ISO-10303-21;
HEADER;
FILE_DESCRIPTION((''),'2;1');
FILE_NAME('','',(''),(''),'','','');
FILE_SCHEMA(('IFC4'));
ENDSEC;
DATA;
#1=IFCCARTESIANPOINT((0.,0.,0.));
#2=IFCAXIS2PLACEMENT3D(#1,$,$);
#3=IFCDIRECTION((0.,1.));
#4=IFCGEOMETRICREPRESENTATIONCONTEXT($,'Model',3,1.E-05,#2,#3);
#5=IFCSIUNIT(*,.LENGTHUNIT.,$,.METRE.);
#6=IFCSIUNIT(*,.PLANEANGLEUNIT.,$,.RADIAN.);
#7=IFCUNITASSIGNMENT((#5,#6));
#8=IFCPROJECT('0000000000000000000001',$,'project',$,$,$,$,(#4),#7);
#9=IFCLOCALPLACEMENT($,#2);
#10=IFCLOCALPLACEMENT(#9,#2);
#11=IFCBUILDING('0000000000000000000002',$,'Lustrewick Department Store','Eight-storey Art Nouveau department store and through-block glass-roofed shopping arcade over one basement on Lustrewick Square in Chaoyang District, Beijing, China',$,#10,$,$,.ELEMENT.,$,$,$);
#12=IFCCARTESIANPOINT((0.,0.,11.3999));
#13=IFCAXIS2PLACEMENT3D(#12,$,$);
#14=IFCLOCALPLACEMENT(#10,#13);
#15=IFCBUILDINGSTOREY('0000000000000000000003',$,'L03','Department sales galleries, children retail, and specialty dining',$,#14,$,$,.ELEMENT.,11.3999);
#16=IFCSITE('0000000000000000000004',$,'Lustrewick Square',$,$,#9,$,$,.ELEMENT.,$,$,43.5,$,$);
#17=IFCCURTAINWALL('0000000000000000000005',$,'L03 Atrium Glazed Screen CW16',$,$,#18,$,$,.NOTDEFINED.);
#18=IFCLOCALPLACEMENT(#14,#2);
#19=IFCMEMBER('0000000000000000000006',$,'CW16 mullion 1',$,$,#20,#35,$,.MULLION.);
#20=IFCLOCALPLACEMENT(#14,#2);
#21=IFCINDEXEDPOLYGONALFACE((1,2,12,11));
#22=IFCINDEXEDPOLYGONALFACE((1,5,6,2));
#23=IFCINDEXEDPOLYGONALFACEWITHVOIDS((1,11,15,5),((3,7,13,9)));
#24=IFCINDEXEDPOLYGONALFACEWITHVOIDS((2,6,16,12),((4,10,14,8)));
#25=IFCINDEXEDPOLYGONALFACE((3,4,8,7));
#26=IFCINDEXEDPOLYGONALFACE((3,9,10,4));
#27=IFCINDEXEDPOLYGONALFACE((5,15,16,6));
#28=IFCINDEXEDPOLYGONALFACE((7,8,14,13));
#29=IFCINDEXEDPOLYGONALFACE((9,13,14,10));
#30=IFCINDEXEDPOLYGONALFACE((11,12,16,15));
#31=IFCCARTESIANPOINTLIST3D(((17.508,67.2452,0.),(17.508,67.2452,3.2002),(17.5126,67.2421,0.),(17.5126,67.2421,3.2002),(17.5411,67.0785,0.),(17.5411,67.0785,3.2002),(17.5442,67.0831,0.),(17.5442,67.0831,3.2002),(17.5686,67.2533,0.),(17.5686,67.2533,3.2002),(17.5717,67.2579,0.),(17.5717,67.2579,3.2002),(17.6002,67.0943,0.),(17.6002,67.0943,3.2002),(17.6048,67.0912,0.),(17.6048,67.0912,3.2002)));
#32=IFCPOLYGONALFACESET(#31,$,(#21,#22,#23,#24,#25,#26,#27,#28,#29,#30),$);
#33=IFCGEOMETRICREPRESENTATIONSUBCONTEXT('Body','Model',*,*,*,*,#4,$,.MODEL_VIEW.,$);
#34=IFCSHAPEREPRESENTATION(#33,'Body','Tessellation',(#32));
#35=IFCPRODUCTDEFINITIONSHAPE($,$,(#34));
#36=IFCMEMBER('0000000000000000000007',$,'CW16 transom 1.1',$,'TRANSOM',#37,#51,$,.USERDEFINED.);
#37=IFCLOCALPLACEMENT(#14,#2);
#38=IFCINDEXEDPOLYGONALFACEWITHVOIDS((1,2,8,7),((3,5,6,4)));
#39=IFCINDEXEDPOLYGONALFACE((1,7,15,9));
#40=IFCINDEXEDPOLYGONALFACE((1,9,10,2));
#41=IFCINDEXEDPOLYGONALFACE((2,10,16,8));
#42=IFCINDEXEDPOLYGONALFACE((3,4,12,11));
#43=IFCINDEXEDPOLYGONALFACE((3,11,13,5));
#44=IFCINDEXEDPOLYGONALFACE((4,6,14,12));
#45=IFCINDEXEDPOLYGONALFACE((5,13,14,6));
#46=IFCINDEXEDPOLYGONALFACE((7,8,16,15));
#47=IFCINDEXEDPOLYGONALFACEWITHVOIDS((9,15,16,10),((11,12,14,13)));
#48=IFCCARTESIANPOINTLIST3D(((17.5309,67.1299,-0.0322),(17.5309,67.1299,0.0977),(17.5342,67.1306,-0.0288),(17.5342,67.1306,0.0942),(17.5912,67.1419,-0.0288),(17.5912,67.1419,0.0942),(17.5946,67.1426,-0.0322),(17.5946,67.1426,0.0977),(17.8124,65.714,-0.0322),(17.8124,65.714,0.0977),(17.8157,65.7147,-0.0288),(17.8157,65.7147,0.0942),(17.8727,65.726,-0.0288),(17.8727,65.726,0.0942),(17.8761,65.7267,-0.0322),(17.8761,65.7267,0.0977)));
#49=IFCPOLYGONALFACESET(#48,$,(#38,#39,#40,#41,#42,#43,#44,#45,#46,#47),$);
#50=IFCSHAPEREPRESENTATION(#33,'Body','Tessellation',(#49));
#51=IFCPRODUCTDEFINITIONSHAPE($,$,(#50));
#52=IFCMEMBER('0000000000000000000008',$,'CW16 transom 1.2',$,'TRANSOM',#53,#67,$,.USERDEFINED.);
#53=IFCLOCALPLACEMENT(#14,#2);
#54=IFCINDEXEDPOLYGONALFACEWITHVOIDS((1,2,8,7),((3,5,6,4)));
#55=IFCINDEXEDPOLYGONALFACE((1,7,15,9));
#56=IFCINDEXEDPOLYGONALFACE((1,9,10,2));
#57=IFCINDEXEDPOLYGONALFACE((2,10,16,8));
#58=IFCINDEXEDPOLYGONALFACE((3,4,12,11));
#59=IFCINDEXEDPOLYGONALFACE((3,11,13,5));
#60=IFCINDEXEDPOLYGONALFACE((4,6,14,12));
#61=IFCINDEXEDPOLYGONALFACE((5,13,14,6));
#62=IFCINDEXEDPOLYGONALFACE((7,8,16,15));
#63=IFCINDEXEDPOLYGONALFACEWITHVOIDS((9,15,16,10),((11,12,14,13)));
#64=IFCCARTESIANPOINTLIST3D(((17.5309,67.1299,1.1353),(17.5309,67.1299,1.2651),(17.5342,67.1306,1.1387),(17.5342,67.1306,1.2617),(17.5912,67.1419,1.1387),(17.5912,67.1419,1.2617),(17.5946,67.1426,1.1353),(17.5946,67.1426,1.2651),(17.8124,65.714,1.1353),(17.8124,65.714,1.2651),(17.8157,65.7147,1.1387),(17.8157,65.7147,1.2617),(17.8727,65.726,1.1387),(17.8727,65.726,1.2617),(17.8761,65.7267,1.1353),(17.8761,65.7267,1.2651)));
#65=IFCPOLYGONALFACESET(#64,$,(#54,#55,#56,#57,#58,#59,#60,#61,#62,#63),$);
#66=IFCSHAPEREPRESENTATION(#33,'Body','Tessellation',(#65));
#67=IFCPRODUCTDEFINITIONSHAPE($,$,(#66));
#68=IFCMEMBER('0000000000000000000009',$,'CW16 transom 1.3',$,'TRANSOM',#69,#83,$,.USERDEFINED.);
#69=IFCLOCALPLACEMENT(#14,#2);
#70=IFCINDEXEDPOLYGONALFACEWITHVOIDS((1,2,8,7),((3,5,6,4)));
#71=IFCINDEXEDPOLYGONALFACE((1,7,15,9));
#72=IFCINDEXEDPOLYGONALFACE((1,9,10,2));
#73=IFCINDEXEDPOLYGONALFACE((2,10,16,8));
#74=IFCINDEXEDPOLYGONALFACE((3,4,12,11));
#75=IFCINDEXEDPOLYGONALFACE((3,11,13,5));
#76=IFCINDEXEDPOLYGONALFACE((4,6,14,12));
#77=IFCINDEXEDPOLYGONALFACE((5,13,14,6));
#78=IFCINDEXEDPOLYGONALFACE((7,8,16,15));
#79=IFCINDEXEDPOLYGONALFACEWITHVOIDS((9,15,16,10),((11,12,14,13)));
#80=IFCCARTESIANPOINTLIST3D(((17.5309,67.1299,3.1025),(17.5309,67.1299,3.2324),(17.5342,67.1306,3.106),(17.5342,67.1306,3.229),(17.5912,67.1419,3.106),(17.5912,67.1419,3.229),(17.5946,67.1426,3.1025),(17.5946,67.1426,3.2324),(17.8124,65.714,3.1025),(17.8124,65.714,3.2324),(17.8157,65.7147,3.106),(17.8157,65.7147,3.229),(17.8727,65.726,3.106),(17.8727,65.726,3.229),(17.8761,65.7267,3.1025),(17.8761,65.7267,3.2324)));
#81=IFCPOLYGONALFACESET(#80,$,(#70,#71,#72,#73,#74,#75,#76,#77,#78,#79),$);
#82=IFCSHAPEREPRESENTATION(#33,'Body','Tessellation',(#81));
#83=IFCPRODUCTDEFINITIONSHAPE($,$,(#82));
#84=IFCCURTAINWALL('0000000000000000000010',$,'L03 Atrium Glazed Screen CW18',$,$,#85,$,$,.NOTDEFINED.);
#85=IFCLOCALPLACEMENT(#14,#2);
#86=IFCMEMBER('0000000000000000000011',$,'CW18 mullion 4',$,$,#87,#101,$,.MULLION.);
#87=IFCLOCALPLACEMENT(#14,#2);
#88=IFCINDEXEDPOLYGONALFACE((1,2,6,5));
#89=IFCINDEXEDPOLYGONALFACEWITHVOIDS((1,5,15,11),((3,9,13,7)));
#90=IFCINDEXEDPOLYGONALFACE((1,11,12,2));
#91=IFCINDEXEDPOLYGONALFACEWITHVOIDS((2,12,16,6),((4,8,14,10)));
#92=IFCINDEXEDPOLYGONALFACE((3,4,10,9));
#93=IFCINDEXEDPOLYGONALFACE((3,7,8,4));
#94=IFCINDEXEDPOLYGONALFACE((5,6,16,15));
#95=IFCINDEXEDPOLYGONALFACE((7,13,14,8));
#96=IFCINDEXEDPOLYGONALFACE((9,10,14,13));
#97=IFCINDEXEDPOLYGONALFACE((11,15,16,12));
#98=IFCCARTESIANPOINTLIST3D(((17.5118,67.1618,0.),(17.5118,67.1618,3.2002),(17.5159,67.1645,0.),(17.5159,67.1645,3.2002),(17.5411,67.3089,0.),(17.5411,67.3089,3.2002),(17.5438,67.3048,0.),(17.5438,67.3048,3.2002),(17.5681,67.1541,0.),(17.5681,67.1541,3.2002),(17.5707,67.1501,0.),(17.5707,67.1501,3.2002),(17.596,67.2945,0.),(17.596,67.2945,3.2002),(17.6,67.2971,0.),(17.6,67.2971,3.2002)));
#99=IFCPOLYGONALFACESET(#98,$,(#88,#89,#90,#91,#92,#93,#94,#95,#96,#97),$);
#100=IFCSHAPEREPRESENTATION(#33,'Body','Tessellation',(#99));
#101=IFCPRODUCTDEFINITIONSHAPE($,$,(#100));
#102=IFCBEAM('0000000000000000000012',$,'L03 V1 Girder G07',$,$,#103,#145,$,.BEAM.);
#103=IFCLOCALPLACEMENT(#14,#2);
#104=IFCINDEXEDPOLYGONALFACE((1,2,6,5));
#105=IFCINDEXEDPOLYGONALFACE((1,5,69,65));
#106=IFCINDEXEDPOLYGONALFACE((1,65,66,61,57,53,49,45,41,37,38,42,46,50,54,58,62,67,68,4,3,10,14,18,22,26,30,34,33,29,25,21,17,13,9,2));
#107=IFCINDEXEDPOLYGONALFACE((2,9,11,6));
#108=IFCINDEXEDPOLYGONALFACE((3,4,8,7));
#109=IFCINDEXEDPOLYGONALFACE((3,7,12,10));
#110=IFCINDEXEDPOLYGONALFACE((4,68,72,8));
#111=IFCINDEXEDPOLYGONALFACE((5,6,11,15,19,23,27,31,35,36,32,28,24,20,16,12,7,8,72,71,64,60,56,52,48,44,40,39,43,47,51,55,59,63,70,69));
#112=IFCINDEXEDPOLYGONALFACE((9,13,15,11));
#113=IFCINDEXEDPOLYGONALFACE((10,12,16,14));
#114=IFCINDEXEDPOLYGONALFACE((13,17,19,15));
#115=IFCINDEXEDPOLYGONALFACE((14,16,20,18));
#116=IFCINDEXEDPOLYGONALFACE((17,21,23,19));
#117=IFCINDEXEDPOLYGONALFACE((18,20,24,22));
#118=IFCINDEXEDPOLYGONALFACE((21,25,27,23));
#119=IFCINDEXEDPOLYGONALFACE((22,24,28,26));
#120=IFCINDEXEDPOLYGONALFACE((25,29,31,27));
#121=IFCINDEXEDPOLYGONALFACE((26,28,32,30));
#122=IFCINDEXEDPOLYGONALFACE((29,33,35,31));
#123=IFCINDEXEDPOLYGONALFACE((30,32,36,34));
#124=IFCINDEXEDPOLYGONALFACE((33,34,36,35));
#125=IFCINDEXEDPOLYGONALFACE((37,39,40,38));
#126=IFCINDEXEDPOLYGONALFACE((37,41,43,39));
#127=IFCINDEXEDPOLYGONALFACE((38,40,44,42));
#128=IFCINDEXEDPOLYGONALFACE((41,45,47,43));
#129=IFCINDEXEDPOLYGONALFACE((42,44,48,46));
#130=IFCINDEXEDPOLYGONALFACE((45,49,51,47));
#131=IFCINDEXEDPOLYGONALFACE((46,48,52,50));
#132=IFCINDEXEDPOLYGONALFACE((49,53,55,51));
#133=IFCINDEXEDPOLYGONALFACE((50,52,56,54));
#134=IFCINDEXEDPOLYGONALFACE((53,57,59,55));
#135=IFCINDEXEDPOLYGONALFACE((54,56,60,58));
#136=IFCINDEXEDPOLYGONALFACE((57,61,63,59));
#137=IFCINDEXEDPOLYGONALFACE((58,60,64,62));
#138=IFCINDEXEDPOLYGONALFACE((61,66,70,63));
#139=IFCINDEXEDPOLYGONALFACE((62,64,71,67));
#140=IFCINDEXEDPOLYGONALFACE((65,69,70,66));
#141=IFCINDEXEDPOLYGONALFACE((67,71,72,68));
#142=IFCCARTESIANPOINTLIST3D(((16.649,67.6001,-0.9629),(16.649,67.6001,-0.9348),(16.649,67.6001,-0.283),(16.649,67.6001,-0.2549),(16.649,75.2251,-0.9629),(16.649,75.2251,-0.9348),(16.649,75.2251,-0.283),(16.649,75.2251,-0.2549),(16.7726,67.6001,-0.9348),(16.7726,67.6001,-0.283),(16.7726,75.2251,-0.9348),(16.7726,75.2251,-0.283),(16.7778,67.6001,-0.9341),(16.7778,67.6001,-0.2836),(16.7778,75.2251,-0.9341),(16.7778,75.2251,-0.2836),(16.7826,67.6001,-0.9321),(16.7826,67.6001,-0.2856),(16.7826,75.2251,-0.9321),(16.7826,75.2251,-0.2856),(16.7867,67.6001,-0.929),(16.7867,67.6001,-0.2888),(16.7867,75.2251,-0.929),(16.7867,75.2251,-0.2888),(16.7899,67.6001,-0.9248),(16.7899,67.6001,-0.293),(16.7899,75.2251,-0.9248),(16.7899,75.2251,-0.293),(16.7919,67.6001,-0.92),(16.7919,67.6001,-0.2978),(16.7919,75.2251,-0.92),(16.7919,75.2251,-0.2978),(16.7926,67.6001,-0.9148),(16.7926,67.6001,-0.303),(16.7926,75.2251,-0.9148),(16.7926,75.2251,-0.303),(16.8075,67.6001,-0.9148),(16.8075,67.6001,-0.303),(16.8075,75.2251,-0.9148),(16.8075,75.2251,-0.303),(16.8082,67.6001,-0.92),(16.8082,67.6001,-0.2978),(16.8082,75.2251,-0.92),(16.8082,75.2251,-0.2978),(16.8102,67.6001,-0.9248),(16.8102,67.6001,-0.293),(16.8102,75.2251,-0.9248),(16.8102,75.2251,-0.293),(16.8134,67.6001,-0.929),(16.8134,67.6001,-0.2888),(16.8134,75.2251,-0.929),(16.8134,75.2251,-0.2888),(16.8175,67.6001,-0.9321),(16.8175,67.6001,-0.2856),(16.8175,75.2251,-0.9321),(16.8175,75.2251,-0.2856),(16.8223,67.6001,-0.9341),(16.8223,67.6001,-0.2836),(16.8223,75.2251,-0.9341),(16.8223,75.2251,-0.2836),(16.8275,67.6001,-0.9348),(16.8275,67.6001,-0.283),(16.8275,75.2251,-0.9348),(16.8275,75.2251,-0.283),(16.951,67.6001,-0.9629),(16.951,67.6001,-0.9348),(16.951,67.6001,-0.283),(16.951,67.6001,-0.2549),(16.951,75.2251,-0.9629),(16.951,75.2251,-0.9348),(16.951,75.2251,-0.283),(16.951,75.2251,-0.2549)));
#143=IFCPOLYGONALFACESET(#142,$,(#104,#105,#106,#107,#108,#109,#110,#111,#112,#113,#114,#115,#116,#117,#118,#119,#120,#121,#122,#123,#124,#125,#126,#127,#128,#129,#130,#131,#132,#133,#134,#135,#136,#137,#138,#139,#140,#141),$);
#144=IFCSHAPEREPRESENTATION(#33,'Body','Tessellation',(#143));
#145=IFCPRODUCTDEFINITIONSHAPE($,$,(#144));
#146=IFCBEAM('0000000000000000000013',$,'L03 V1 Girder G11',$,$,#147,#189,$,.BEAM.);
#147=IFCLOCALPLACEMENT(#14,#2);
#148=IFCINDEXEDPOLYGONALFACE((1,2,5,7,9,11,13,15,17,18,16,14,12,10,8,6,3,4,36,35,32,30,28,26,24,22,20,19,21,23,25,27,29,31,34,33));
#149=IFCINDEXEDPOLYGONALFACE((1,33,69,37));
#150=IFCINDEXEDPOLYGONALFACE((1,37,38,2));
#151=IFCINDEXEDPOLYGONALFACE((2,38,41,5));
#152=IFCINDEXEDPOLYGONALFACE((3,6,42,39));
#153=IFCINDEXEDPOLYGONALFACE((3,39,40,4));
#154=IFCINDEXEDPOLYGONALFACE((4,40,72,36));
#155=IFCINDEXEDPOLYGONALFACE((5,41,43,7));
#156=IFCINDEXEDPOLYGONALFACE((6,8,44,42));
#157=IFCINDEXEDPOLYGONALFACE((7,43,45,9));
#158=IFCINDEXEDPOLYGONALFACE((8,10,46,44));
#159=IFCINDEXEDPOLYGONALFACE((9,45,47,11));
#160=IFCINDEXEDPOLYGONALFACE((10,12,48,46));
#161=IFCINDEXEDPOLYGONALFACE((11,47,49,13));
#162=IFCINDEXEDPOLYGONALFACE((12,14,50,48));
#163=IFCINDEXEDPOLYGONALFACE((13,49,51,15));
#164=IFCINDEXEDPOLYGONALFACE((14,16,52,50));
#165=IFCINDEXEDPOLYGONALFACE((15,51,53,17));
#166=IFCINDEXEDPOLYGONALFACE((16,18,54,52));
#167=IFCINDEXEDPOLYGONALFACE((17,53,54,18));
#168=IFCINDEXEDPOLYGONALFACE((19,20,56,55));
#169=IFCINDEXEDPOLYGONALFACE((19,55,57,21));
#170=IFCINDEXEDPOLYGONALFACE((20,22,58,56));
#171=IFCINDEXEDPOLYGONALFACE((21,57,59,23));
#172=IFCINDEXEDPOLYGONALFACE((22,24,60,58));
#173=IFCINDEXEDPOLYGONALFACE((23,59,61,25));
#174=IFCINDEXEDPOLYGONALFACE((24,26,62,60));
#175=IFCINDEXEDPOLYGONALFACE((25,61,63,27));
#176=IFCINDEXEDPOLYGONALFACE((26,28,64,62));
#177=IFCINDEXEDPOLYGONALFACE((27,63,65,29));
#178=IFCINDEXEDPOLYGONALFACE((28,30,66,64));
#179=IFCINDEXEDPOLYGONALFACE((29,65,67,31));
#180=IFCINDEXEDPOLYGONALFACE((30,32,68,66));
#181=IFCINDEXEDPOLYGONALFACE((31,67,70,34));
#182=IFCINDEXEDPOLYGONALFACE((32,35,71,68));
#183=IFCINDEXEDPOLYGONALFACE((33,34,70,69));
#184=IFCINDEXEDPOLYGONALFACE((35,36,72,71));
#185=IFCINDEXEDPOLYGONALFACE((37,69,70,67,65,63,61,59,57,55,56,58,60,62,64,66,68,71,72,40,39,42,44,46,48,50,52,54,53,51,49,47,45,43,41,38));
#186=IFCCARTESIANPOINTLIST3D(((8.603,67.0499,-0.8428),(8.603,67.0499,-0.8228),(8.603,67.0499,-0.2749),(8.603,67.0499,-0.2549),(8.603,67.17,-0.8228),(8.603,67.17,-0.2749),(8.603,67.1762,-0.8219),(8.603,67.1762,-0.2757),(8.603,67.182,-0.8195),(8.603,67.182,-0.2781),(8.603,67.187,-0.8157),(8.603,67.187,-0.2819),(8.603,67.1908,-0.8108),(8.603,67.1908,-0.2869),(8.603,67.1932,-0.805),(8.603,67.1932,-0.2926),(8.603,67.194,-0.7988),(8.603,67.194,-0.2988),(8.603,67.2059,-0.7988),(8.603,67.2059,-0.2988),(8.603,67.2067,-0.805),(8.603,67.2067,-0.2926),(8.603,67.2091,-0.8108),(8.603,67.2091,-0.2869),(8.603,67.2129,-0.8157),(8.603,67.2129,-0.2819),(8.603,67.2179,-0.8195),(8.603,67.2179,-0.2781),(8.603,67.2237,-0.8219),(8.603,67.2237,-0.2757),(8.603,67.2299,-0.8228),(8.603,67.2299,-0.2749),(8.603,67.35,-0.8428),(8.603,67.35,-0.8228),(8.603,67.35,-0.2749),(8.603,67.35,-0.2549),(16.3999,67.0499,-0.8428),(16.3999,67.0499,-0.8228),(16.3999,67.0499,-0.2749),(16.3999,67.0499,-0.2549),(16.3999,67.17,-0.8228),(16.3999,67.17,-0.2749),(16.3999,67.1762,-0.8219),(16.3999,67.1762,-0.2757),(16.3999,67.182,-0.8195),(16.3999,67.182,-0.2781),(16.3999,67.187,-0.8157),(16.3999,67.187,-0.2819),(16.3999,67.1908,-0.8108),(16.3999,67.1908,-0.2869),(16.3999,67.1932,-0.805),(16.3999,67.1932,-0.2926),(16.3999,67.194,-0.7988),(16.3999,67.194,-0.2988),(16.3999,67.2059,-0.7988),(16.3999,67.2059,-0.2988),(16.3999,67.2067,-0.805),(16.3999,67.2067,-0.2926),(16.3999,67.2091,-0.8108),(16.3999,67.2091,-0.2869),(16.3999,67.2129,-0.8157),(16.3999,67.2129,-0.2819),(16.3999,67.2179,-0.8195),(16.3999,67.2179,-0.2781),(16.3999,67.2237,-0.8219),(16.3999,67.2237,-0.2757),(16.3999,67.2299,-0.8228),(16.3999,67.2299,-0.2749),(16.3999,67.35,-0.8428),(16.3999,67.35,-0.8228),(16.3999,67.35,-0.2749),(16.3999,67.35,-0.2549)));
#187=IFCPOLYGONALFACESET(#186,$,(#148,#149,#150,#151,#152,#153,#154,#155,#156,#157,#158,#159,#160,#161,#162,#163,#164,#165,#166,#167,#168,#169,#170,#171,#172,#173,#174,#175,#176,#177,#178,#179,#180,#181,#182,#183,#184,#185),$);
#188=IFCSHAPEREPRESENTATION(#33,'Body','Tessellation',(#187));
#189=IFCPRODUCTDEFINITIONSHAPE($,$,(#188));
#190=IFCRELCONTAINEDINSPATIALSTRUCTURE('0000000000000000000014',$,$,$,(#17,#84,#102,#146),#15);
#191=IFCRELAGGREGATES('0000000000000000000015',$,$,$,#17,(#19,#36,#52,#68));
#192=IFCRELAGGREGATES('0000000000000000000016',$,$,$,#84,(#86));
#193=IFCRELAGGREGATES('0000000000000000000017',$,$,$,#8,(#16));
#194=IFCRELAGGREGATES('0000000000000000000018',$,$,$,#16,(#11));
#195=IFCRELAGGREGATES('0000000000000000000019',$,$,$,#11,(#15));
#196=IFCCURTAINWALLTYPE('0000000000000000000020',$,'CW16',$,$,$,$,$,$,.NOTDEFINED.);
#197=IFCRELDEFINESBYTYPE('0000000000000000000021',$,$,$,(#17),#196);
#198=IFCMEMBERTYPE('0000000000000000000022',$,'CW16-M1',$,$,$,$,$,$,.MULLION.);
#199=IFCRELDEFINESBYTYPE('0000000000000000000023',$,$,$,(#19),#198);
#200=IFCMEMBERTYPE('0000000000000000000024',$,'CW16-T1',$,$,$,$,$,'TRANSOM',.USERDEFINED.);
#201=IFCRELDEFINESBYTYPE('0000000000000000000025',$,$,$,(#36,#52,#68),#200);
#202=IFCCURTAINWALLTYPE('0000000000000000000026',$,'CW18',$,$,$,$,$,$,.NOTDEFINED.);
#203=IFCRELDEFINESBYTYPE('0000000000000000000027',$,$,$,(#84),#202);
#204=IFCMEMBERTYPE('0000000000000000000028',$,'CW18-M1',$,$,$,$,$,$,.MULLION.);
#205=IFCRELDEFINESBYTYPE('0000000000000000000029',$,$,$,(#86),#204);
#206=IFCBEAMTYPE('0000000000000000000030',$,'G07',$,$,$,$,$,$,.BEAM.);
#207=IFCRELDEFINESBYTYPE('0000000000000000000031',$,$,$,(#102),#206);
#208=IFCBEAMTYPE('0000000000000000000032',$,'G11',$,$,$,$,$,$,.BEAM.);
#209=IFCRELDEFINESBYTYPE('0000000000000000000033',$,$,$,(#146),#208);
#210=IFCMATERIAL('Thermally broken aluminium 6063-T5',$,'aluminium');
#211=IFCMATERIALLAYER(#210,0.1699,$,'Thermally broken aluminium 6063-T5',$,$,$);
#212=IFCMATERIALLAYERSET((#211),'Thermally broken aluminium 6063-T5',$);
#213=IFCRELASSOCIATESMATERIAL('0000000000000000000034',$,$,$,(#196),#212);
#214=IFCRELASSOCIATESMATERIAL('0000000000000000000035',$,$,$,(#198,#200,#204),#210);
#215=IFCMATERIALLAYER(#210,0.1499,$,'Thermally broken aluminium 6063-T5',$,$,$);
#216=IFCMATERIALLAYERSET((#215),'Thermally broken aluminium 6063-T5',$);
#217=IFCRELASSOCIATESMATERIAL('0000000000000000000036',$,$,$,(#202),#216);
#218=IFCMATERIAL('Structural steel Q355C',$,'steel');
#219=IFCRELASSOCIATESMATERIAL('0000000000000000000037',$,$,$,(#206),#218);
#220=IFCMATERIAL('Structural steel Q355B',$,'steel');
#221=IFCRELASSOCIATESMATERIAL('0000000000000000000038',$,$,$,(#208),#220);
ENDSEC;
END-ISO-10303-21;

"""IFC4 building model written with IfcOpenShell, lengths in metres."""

from ifc_helpers import new_model, si_unit, direction, frame, origin, origin_2d, place, context, subcontext, project, spatial, hollow_rectangle, i_section, extrude, material, layer, layer_set, material_profile, profile_set, type_object, element, aggregate, save


model = new_model("IFC4")

# Units and contexts
model_context = context("Model", 3, precision=1e-05, world=origin(), true_north=direction((0.0, 1.0)))
body_context = subcontext(model_context, "Body", "Model", "MODEL_VIEW")
ifc_project = project(units=[si_unit("LENGTHUNIT", "METRE"), si_unit("PLANEANGLEUNIT", "RADIAN")], contexts=[model_context])

# Site, building, storey
site_placement = place(None, origin())
site = spatial("IfcSite", under=ifc_project, at=site_placement, Name="Lustrewick Square", CompositionType="ELEMENT", RefElevation=43.5)
building_placement = place(site_placement, origin())
building = spatial("IfcBuilding", under=site, at=building_placement, Name="Lustrewick Department Store", Description="Eight-storey Art Nouveau department store and through-block glass-roofed shopping arcade over one basement on Lustrewick Square in Chaoyang District, Beijing, China", CompositionType="ELEMENT")
storey_placement = place(building_placement, frame((0.0, 0.0, 11.3999)))
storey = spatial("IfcBuildingStorey", under=building, at=storey_placement, Name="L03", Description="Department sales galleries, children retail, and specialty dining", CompositionType="ELEMENT", Elevation=11.3999)

# Shared definitions
ifc_material_1 = material(Name="Structural steel Q355B", Category="steel")
ifc_material_2 = material(Name="Structural steel Q355C", Category="steel")

# Curtain wall, members
ifc_material_3 = material(Name="Thermally broken aluminium 6063-T5", Category="aluminium")
ifc_layer_1 = layer(ifc_material_3, 0.1699, Name="Thermally broken aluminium 6063-T5")
ifc_layer_set_1 = layer_set([ifc_layer_1], Name="Thermally broken aluminium 6063-T5")
curtain_wall_type_1 = type_object("IfcCurtainWallType", Name="CW16", PredefinedType="NOTDEFINED", material=ifc_layer_set_1)
curtain_wall_1_placement = place(storey_placement, origin())
curtain_wall_1 = element("IfcCurtainWall", 1, at=curtain_wall_1_placement, inside=storey, type_object=curtain_wall_type_1, Name="L03 Atrium Glazed Screen CW16", PredefinedType="NOTDEFINED")
ifc_material_profile_1 = material_profile(ifc_material_3, hollow_rectangle(XDim=0.0649, YDim=0.1699, WallThickness=0.0039, at=origin_2d()), Name="ALU-M 65x170x4")
ifc_profile_set_1 = profile_set([ifc_material_profile_1], Name="Thermally broken aluminium 6063-T5")
member_type_1 = type_object("IfcMemberType", Name="CW16-M1", PredefinedType="MULLION", material=ifc_profile_set_1)
member_1_placement = place(storey_placement, frame((17.5564, 67.1682, 0.0), z_axis=(0.0, 0.0, 1.0), x_axis=(0.980786, 0.195085, 0.0)))
member_1 = element("IfcMember", 2, at=member_1_placement, type_object=member_type_1, Name="CW16 mullion 1", PredefinedType="MULLION", context=body_context, shape_type="SweptSolid", body=[
    extrude(hollow_rectangle(XDim=0.0649, YDim=0.1699, WallThickness=0.0039, at=origin_2d()), origin(), (0.0, 0.0, 1.0), 3.2002),
])
ifc_material_profile_2 = material_profile(ifc_material_3, hollow_rectangle(XDim=0.0649, YDim=0.1299, WallThickness=0.0034, at=origin_2d()), Name="ALU-T 65x130x3.5")
ifc_profile_set_2 = profile_set([ifc_material_profile_2], Name="Thermally broken aluminium 6063-T5")
member_type_2 = type_object("IfcMemberType", Name="CW16-T1", ElementType="TRANSOM", PredefinedType="USERDEFINED", material=ifc_profile_set_2)
member_2_placement = place(storey_placement, frame((17.5627, 67.1362, 0.0327), z_axis=(0.194978, -0.980808, 0.0), x_axis=(0.980808, 0.194978, 0.0)))
member_2 = element("IfcMember", 3, at=member_2_placement, type_object=member_type_2, Name="CW16 transom 1.1", ObjectType="TRANSOM", PredefinedType="USERDEFINED", context=body_context, shape_type="SweptSolid", body=[
    extrude(hollow_rectangle(XDim=0.0649, YDim=0.1299, WallThickness=0.0034, at=origin_2d()), origin(), (0.0, 0.0, 1.0), 1.4436),
])
member_3_placement = place(storey_placement, frame((17.5627, 67.1362, 1.2002), z_axis=(0.194978, -0.980808, 0.0), x_axis=(0.980808, 0.194978, 0.0)))
member_3 = element("IfcMember", 4, at=member_3_placement, type_object=member_type_2, Name="CW16 transom 1.2", ObjectType="TRANSOM", PredefinedType="USERDEFINED", context=body_context, shape_type="SweptSolid", body=[
    extrude(hollow_rectangle(XDim=0.0649, YDim=0.1299, WallThickness=0.0034, at=origin_2d()), origin(), (0.0, 0.0, 1.0), 1.4436),
])
member_4_placement = place(storey_placement, frame((17.5627, 67.1362, 3.1675), z_axis=(0.194978, -0.980808, 0.0), x_axis=(0.980808, 0.194978, 0.0)))
member_4 = element("IfcMember", 5, at=member_4_placement, type_object=member_type_2, Name="CW16 transom 1.3", ObjectType="TRANSOM", PredefinedType="USERDEFINED", context=body_context, shape_type="SweptSolid", body=[
    extrude(hollow_rectangle(XDim=0.0649, YDim=0.1299, WallThickness=0.0034, at=origin_2d()), origin(), (0.0, 0.0, 1.0), 1.4436),
])

# Curtain wall, member
ifc_layer_2 = layer(ifc_material_3, 0.1499, Name="Thermally broken aluminium 6063-T5")
ifc_layer_set_2 = layer_set([ifc_layer_2], Name="Thermally broken aluminium 6063-T5")
curtain_wall_type_2 = type_object("IfcCurtainWallType", Name="CW18", PredefinedType="NOTDEFINED", material=ifc_layer_set_2)
curtain_wall_2_placement = place(storey_placement, origin())
curtain_wall_2 = element("IfcCurtainWall", 6, at=curtain_wall_2_placement, inside=storey, type_object=curtain_wall_type_2, Name="L03 Atrium Glazed Screen CW18", PredefinedType="NOTDEFINED")
ifc_material_profile_3 = material_profile(ifc_material_3, hollow_rectangle(XDim=0.0601, YDim=0.1499, WallThickness=0.0034, at=origin_2d()), Name="ALU-M 60x150x3.5")
ifc_profile_set_3 = profile_set([ifc_material_profile_3], Name="Thermally broken aluminium 6063-T5")
member_type_3 = type_object("IfcMemberType", Name="CW18-M1", PredefinedType="MULLION", material=ifc_profile_set_3)
member_5_placement = place(storey_placement, frame((17.5559, 67.2295, 0.0), z_axis=(0.0, 0.0, 1.0), x_axis=(0.980786, -0.195085, 0.0)))
member_5 = element("IfcMember", 7, at=member_5_placement, type_object=member_type_3, Name="CW18 mullion 4", PredefinedType="MULLION", context=body_context, shape_type="SweptSolid", body=[
    extrude(hollow_rectangle(XDim=0.0601, YDim=0.1499, WallThickness=0.0034, at=origin_2d()), origin(), (0.0, 0.0, 1.0), 3.2002),
])

# Beams
ifc_material_profile_4 = material_profile(ifc_material_2, i_section(OverallWidth=0.302, OverallDepth=0.708, WebThickness=0.0149, FlangeThickness=0.0281, FilletRadius=0.02, at=origin_2d()), Name="HN 708x302x15x28")
ifc_profile_set_4 = profile_set([ifc_material_profile_4], Name="Structural steel Q355C")
beam_type_1 = type_object("IfcBeamType", Name="G07", PredefinedType="BEAM", material=ifc_profile_set_4)
beam_1_placement = place(storey_placement, frame((16.8, 67.6001, -0.6089), z_axis=(0.0, 1.0, 0.0), x_axis=(-1.0, 0.0, 0.0)))
element("IfcBeam", 8, at=beam_1_placement, inside=storey, type_object=beam_type_1, Name="L03 V1 Girder G07", PredefinedType="BEAM", context=body_context, shape_type="SweptSolid", body=[
    extrude(i_section(OverallWidth=0.302, OverallDepth=0.708, WebThickness=0.0149, FlangeThickness=0.0281, FilletRadius=0.02, at=origin_2d()), origin(), (0.0, 0.0, 1.0), 7.625),
])
ifc_material_profile_5 = material_profile(ifc_material_1, i_section(OverallWidth=0.3, OverallDepth=0.5879, WebThickness=0.012, FlangeThickness=0.02, FilletRadius=0.0239, at=origin_2d()), Name="HM 588x300x12x20")
ifc_profile_set_5 = profile_set([ifc_material_profile_5], Name="Structural steel Q355B")
beam_type_2 = type_object("IfcBeamType", Name="G11", PredefinedType="BEAM", material=ifc_profile_set_5)
beam_2_placement = place(storey_placement, frame((8.603, 67.2, -0.5488), z_axis=(1.0, 0.0, 0.0), x_axis=(0.0, 1.0, 0.0)))
element("IfcBeam", 9, at=beam_2_placement, inside=storey, type_object=beam_type_2, Name="L03 V1 Girder G11", PredefinedType="BEAM", context=body_context, shape_type="SweptSolid", body=[
    extrude(i_section(OverallWidth=0.3, OverallDepth=0.5879, WebThickness=0.012, FlangeThickness=0.02, FilletRadius=0.0239, at=origin_2d()), origin(), (0.0, 0.0, 1.0), 7.7969),
])

aggregate(curtain_wall_1, [member_1, member_2, member_3, member_4])
aggregate(curtain_wall_2, [member_5])

save(model, "model.ifc")
